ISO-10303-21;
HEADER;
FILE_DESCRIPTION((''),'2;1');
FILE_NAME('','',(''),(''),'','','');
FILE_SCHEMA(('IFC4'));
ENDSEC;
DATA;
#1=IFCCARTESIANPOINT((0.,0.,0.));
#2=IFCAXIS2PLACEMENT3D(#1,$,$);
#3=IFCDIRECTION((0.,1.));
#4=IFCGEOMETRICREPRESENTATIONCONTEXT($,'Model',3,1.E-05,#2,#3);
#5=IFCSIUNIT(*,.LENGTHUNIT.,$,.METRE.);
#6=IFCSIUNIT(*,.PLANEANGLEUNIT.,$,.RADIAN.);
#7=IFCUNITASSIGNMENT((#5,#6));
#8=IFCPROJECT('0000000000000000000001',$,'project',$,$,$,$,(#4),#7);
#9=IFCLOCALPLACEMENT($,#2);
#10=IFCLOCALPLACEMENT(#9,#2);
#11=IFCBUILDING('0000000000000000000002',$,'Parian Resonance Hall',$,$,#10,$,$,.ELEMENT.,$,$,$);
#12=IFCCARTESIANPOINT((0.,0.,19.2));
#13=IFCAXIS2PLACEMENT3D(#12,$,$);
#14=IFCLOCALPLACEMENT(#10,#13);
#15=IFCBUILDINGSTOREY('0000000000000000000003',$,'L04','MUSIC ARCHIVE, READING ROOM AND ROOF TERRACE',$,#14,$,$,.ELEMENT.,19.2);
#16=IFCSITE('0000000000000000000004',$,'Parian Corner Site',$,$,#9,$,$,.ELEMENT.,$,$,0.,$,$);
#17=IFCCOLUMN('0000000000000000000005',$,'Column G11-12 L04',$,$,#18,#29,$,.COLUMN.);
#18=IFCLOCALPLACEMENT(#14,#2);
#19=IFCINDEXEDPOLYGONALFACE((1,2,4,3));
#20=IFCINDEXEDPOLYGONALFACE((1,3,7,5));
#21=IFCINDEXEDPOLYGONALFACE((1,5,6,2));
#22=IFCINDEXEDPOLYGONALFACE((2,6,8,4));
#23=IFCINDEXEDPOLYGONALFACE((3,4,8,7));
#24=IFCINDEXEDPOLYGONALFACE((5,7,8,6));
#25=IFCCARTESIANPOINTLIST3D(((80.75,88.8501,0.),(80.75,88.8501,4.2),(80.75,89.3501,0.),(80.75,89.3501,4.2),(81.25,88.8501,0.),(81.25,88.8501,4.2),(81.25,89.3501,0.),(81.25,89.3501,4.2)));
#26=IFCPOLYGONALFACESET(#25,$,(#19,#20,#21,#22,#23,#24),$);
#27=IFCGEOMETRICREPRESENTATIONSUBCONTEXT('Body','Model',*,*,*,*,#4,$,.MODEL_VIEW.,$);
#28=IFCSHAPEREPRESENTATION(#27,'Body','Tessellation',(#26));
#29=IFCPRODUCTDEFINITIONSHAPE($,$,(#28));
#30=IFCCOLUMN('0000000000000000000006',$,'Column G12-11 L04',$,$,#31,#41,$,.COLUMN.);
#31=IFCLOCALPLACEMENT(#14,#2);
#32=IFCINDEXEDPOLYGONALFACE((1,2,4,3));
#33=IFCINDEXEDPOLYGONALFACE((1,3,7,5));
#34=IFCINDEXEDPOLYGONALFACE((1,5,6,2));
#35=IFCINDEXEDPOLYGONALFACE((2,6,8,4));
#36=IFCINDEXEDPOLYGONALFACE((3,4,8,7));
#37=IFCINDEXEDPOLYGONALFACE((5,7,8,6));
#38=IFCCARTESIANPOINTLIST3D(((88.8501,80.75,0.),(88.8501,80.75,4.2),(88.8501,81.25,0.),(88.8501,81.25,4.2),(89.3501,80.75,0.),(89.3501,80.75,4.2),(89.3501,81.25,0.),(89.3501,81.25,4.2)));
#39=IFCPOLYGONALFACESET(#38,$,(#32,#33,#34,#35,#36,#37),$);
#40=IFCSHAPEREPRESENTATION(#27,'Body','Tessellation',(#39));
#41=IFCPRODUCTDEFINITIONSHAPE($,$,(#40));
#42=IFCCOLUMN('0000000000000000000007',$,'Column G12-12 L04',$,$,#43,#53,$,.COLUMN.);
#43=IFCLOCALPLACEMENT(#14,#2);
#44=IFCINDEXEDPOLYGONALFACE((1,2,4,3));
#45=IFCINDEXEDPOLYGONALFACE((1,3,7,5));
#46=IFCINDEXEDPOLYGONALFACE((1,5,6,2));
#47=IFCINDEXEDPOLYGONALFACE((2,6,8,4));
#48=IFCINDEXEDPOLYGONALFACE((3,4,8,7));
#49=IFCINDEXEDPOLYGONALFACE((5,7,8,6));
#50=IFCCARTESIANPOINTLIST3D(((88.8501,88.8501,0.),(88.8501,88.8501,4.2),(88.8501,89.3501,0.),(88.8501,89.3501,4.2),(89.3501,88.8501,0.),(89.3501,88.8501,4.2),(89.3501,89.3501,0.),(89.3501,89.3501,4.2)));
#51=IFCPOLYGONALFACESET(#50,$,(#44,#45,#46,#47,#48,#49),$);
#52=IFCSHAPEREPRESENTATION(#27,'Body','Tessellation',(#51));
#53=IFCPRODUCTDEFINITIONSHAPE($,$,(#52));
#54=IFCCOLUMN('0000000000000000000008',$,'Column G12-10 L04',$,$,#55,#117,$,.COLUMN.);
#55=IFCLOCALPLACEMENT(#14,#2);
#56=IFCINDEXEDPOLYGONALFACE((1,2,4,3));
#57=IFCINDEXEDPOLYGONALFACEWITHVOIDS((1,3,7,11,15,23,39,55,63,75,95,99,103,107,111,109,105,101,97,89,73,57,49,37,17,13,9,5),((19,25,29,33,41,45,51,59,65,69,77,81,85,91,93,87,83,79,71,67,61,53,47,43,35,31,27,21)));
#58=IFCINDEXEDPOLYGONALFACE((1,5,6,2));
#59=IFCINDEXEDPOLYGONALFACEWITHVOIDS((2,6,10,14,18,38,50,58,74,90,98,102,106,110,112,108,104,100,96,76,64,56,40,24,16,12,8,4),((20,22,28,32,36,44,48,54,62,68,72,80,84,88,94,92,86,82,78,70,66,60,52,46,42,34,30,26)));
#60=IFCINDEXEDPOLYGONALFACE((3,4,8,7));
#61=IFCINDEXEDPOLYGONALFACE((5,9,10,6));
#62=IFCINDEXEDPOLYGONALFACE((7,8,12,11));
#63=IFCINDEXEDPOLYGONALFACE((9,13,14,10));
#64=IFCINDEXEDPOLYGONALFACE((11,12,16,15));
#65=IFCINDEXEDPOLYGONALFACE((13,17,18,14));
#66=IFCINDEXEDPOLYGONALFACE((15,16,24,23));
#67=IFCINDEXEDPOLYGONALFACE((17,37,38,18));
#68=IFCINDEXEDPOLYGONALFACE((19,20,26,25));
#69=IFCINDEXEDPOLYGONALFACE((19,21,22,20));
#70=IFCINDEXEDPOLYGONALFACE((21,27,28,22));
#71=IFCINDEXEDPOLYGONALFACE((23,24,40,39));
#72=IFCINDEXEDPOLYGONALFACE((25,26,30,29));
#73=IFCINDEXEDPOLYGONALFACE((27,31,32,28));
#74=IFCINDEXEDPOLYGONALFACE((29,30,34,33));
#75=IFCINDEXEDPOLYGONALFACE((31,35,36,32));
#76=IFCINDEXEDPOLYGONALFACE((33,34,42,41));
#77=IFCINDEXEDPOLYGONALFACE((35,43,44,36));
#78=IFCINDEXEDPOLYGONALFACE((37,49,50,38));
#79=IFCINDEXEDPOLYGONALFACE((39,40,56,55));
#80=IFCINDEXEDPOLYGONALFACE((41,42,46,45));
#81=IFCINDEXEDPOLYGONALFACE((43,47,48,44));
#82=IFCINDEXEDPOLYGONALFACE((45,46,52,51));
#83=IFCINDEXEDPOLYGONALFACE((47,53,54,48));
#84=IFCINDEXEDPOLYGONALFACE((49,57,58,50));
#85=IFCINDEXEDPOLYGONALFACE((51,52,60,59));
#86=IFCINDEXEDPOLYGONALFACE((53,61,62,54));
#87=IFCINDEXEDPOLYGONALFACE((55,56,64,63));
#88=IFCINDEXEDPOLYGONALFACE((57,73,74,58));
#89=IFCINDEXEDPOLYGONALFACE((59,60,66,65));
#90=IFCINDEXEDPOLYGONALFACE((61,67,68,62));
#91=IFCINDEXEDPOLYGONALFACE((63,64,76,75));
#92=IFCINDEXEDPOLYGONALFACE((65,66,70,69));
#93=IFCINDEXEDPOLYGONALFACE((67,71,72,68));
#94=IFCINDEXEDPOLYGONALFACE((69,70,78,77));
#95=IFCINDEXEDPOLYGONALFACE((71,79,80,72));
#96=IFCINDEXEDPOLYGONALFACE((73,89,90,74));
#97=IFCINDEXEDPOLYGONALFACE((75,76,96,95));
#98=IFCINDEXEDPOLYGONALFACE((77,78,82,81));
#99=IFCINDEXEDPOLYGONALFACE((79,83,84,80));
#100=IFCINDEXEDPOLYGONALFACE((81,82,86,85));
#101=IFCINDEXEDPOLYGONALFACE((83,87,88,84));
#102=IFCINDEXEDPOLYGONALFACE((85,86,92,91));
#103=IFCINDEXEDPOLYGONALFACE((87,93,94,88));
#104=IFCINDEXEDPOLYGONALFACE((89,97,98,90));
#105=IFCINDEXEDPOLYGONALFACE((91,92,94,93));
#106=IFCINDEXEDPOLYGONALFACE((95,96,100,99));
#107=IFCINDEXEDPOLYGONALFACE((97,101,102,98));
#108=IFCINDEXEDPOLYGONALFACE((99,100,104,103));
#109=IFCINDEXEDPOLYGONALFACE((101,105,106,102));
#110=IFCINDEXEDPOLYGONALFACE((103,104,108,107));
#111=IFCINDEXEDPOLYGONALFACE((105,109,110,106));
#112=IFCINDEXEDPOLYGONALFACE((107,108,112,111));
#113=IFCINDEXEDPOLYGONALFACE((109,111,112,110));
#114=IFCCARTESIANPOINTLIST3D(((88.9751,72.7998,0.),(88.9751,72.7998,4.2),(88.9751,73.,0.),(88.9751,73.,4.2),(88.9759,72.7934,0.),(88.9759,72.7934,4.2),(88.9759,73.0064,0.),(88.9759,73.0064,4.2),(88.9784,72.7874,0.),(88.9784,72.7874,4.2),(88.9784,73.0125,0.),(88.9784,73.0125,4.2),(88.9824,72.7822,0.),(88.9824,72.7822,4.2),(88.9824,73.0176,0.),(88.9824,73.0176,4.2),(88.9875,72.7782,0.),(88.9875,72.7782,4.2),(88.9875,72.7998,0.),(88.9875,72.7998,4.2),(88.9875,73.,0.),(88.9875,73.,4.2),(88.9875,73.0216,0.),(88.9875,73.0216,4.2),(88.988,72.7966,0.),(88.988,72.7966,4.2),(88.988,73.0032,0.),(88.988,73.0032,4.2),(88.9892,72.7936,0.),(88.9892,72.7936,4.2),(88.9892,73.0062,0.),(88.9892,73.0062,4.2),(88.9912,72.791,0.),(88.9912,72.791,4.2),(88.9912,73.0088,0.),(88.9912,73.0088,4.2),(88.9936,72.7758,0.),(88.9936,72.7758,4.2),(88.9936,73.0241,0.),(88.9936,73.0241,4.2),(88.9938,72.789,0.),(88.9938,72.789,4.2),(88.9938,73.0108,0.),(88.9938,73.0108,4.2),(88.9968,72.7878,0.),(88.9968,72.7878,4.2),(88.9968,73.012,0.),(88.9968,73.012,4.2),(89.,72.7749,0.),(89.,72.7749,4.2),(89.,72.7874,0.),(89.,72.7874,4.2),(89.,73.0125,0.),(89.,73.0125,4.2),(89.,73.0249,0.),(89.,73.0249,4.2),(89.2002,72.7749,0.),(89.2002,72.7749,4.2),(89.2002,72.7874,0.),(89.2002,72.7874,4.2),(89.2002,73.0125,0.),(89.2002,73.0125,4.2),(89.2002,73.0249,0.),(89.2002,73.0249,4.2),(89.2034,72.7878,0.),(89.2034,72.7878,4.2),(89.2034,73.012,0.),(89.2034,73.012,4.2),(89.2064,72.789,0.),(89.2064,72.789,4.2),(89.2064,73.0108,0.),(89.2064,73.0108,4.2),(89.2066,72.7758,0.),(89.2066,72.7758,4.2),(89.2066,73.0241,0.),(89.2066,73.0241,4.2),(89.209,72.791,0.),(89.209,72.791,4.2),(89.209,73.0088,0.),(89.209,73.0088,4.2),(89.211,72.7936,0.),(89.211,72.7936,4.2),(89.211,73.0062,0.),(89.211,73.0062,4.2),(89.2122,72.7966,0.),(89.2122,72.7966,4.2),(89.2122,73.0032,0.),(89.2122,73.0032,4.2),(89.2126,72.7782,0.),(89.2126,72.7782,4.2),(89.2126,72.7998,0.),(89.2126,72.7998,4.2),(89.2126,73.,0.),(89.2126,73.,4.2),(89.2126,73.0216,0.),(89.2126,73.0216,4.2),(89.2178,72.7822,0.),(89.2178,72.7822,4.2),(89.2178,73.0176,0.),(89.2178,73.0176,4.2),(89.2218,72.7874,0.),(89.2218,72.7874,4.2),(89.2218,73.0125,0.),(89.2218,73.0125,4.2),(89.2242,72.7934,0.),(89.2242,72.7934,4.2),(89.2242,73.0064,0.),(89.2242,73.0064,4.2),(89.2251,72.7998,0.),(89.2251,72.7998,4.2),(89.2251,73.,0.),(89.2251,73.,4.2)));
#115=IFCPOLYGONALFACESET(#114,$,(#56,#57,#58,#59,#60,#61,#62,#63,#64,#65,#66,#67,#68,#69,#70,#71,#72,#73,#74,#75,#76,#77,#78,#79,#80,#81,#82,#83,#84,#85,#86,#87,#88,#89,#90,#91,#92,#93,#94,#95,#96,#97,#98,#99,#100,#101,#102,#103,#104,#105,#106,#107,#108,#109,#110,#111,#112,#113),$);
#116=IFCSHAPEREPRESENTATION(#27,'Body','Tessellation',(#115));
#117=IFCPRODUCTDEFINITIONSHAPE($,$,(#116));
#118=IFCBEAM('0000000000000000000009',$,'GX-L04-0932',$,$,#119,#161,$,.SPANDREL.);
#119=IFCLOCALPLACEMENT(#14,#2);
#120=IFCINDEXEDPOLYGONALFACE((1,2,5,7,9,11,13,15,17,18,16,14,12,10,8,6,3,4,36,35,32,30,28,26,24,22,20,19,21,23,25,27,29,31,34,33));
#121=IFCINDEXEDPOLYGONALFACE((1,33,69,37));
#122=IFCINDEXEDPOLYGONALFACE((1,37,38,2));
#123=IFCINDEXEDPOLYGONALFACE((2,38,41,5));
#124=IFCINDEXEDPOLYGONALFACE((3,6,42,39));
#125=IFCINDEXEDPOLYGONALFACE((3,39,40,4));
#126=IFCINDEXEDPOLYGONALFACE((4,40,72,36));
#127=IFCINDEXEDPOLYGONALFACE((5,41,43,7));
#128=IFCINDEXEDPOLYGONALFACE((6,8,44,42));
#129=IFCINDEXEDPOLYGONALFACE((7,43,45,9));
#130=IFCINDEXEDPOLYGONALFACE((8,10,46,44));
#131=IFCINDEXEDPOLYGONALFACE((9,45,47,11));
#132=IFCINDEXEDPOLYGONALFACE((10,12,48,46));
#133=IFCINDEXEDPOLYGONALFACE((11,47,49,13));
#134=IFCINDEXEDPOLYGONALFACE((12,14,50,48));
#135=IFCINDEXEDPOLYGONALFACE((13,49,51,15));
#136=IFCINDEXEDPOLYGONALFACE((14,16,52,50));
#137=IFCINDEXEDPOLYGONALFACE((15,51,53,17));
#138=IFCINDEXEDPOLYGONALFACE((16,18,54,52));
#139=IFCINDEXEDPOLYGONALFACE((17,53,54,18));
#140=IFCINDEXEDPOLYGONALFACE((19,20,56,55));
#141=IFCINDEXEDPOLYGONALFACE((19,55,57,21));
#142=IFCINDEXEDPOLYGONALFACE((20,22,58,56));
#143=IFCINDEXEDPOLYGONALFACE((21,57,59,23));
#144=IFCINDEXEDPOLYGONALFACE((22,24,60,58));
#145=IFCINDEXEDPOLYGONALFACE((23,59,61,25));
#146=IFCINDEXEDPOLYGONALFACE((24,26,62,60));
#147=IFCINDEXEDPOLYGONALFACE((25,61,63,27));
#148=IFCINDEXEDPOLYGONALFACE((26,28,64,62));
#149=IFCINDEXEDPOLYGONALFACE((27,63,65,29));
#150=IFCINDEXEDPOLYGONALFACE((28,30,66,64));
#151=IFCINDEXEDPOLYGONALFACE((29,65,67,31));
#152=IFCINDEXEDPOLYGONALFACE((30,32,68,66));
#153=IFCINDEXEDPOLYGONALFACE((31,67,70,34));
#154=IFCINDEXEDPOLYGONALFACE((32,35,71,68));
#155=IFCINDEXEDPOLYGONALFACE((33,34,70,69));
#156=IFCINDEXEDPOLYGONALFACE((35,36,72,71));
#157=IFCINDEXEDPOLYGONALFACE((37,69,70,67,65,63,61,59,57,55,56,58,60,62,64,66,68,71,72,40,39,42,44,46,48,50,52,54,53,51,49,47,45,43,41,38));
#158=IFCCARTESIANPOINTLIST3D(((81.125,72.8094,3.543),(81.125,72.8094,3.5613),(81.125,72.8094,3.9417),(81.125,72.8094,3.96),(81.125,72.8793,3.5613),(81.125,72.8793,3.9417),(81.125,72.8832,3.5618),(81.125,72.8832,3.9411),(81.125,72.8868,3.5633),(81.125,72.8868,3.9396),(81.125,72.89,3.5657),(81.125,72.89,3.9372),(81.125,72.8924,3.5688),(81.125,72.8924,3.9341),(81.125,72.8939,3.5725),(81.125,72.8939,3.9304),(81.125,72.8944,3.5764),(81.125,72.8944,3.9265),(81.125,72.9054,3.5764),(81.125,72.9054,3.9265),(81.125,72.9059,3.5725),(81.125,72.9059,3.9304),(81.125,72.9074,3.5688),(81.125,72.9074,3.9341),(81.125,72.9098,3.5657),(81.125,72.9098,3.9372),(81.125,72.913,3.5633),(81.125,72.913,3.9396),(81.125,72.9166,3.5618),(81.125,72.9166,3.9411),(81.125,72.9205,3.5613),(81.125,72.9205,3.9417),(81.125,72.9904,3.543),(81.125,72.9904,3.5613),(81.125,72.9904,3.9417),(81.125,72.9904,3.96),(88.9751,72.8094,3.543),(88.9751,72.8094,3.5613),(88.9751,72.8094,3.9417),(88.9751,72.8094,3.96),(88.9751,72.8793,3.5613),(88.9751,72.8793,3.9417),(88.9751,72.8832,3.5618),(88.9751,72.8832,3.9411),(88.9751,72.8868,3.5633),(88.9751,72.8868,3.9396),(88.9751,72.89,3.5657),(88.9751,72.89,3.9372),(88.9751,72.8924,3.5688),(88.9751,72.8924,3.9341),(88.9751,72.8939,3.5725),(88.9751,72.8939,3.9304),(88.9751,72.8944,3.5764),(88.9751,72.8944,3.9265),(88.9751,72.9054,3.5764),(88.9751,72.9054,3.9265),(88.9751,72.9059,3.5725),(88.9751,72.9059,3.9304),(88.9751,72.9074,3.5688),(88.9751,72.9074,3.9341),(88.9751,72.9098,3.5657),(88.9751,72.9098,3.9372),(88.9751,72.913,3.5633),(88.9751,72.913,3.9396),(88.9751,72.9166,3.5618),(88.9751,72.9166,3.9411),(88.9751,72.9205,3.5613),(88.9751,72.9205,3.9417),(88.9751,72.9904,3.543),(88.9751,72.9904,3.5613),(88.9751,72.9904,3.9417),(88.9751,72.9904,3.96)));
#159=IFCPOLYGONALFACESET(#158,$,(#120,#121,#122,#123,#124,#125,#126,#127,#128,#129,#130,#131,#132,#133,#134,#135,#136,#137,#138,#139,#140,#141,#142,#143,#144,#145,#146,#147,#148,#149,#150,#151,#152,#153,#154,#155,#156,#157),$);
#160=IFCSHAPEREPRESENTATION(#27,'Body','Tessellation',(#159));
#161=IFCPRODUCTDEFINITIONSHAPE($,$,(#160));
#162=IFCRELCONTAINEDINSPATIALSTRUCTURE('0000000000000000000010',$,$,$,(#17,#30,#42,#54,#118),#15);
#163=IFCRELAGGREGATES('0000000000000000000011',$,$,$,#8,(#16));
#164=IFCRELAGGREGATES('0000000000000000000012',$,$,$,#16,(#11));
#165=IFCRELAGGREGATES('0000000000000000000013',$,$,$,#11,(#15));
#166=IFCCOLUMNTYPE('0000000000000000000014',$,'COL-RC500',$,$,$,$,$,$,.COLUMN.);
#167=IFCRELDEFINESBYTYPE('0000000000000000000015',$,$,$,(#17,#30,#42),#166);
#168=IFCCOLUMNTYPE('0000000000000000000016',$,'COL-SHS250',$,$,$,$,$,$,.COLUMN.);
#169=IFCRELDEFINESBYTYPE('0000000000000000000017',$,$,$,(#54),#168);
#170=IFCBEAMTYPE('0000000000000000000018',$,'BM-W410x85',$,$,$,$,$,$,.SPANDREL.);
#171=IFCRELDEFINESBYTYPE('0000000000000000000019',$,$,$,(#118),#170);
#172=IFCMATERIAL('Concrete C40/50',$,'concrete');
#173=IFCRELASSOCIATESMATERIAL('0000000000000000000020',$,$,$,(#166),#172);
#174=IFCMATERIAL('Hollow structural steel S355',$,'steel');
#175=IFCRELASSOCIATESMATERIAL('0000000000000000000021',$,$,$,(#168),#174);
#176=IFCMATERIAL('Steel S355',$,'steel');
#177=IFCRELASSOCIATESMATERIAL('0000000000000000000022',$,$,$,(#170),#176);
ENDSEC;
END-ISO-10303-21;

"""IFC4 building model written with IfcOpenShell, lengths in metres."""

from ifc_helpers import new_model, si_unit, direction, frame, origin, origin_2d, place, context, subcontext, project, spatial, rectangle, hollow_rectangle, i_section, extrude, material, material_profile, profile_set, type_object, element, save


model = new_model("IFC4")

# Units and contexts
model_context = context("Model", 3, precision=1e-05, world=origin(), true_north=direction((0.0, 1.0)))
body_context = subcontext(model_context, "Body", "Model", "MODEL_VIEW")
ifc_project = project(units=[si_unit("LENGTHUNIT", "METRE"), si_unit("PLANEANGLEUNIT", "RADIAN")], contexts=[model_context])

# Site, building, storey
site_placement = place(None, origin())
site = spatial("IfcSite", under=ifc_project, at=site_placement, Name="Parian Corner Site", CompositionType="ELEMENT", RefElevation=0.0)
building_placement = place(site_placement, origin())
building = spatial("IfcBuilding", under=site, at=building_placement, Name="Parian Resonance Hall", CompositionType="ELEMENT")
storey_placement = place(building_placement, frame((0.0, 0.0, 19.2)))
storey = spatial("IfcBuildingStorey", under=building, at=storey_placement, Name="L04", Description="MUSIC ARCHIVE, READING ROOM AND ROOF TERRACE", CompositionType="ELEMENT", Elevation=19.2)

# Columns
ifc_material_1 = material(Name="Concrete C40/50", Category="concrete")
ifc_material_profile_1 = material_profile(ifc_material_1, rectangle(XDim=0.5, YDim=0.5, at=origin_2d()), Name="RC-COL-500x500")
ifc_profile_set_1 = profile_set([ifc_material_profile_1], Name="Concrete C40/50")
column_type_1 = type_object("IfcColumnType", Name="COL-RC500", PredefinedType="COLUMN", material=ifc_profile_set_1)
for number, where, z_axis, x_axis, name in (
    (1, (81.0, 89.1001, 0.0), (0.0, 0.0, 1.0), (1.0, 0.0, 0.0), "Column G11-12 L04"),
    (2, (89.1001, 81.0, 0.0), (0.0, 0.0, 1.0), (1.0, 0.0, 0.0), "Column G12-11 L04"),
    (3, (89.1001, 89.1001, 0.0), (0.0, 0.0, 1.0), (1.0, 0.0, 0.0), "Column G12-12 L04"),
):
    element("IfcColumn", number, at=place(storey_placement, frame(where, z_axis=z_axis, x_axis=x_axis)), inside=storey, type_object=column_type_1, Name=name, PredefinedType="COLUMN", context=body_context, shape_type="SweptSolid", body=[
        extrude(rectangle(XDim=0.5, YDim=0.5, at=origin_2d()), origin(), (0.0, 0.0, 1.0), 4.2),
    ])
ifc_material_2 = material(Name="Hollow structural steel S355", Category="steel")
ifc_material_profile_2 = material_profile(ifc_material_2, hollow_rectangle(XDim=0.25, YDim=0.25, WallThickness=0.0125, InnerFilletRadius=0.0125, OuterFilletRadius=0.0249, at=origin_2d()), Name="SHS250x250x12.5")
ifc_profile_set_2 = profile_set([ifc_material_profile_2], Name="Hollow structural steel S355")
column_type_2 = type_object("IfcColumnType", Name="COL-SHS250", PredefinedType="COLUMN", material=ifc_profile_set_2)
column_placement = place(storey_placement, frame((89.1001, 72.8999, 0.0), z_axis=(0.0, 0.0, 1.0), x_axis=(1.0, 0.0, 0.0)))
element("IfcColumn", 4, at=column_placement, inside=storey, type_object=column_type_2, Name="Column G12-10 L04", PredefinedType="COLUMN", context=body_context, shape_type="SweptSolid", body=[
    extrude(hollow_rectangle(XDim=0.25, YDim=0.25, WallThickness=0.0125, InnerFilletRadius=0.0125, OuterFilletRadius=0.0249, at=origin_2d()), origin(), (0.0, 0.0, 1.0), 4.2),
])

# Beam
ifc_material_3 = material(Name="Steel S355", Category="steel")
ifc_material_profile_3 = material_profile(ifc_material_3, i_section(OverallWidth=0.1809, OverallDepth=0.417, WebThickness=0.011, FlangeThickness=0.0183, FilletRadius=0.0151, at=origin_2d()), Name="W410x85")
ifc_profile_set_3 = profile_set([ifc_material_profile_3], Name="Steel S355")
beam_type_1 = type_object("IfcBeamType", Name="BM-W410x85", PredefinedType="SPANDREL", material=ifc_profile_set_3)
beam_1_placement = place(storey_placement, frame((81.125, 72.8999, 3.7515), z_axis=(1.0, 0.0, 0.0), x_axis=(0.0, 1.0, 0.0)))
element("IfcBeam", 5, at=beam_1_placement, inside=storey, type_object=beam_type_1, Name="GX-L04-0932", PredefinedType="SPANDREL", context=body_context, shape_type="SweptSolid", body=[
    extrude(i_section(OverallWidth=0.1809, OverallDepth=0.417, WebThickness=0.011, FlangeThickness=0.0183, FilletRadius=0.0151, at=origin_2d()), origin(), (0.0, 0.0, 1.0), 7.8501),
])

save(model, "model.ifc")
